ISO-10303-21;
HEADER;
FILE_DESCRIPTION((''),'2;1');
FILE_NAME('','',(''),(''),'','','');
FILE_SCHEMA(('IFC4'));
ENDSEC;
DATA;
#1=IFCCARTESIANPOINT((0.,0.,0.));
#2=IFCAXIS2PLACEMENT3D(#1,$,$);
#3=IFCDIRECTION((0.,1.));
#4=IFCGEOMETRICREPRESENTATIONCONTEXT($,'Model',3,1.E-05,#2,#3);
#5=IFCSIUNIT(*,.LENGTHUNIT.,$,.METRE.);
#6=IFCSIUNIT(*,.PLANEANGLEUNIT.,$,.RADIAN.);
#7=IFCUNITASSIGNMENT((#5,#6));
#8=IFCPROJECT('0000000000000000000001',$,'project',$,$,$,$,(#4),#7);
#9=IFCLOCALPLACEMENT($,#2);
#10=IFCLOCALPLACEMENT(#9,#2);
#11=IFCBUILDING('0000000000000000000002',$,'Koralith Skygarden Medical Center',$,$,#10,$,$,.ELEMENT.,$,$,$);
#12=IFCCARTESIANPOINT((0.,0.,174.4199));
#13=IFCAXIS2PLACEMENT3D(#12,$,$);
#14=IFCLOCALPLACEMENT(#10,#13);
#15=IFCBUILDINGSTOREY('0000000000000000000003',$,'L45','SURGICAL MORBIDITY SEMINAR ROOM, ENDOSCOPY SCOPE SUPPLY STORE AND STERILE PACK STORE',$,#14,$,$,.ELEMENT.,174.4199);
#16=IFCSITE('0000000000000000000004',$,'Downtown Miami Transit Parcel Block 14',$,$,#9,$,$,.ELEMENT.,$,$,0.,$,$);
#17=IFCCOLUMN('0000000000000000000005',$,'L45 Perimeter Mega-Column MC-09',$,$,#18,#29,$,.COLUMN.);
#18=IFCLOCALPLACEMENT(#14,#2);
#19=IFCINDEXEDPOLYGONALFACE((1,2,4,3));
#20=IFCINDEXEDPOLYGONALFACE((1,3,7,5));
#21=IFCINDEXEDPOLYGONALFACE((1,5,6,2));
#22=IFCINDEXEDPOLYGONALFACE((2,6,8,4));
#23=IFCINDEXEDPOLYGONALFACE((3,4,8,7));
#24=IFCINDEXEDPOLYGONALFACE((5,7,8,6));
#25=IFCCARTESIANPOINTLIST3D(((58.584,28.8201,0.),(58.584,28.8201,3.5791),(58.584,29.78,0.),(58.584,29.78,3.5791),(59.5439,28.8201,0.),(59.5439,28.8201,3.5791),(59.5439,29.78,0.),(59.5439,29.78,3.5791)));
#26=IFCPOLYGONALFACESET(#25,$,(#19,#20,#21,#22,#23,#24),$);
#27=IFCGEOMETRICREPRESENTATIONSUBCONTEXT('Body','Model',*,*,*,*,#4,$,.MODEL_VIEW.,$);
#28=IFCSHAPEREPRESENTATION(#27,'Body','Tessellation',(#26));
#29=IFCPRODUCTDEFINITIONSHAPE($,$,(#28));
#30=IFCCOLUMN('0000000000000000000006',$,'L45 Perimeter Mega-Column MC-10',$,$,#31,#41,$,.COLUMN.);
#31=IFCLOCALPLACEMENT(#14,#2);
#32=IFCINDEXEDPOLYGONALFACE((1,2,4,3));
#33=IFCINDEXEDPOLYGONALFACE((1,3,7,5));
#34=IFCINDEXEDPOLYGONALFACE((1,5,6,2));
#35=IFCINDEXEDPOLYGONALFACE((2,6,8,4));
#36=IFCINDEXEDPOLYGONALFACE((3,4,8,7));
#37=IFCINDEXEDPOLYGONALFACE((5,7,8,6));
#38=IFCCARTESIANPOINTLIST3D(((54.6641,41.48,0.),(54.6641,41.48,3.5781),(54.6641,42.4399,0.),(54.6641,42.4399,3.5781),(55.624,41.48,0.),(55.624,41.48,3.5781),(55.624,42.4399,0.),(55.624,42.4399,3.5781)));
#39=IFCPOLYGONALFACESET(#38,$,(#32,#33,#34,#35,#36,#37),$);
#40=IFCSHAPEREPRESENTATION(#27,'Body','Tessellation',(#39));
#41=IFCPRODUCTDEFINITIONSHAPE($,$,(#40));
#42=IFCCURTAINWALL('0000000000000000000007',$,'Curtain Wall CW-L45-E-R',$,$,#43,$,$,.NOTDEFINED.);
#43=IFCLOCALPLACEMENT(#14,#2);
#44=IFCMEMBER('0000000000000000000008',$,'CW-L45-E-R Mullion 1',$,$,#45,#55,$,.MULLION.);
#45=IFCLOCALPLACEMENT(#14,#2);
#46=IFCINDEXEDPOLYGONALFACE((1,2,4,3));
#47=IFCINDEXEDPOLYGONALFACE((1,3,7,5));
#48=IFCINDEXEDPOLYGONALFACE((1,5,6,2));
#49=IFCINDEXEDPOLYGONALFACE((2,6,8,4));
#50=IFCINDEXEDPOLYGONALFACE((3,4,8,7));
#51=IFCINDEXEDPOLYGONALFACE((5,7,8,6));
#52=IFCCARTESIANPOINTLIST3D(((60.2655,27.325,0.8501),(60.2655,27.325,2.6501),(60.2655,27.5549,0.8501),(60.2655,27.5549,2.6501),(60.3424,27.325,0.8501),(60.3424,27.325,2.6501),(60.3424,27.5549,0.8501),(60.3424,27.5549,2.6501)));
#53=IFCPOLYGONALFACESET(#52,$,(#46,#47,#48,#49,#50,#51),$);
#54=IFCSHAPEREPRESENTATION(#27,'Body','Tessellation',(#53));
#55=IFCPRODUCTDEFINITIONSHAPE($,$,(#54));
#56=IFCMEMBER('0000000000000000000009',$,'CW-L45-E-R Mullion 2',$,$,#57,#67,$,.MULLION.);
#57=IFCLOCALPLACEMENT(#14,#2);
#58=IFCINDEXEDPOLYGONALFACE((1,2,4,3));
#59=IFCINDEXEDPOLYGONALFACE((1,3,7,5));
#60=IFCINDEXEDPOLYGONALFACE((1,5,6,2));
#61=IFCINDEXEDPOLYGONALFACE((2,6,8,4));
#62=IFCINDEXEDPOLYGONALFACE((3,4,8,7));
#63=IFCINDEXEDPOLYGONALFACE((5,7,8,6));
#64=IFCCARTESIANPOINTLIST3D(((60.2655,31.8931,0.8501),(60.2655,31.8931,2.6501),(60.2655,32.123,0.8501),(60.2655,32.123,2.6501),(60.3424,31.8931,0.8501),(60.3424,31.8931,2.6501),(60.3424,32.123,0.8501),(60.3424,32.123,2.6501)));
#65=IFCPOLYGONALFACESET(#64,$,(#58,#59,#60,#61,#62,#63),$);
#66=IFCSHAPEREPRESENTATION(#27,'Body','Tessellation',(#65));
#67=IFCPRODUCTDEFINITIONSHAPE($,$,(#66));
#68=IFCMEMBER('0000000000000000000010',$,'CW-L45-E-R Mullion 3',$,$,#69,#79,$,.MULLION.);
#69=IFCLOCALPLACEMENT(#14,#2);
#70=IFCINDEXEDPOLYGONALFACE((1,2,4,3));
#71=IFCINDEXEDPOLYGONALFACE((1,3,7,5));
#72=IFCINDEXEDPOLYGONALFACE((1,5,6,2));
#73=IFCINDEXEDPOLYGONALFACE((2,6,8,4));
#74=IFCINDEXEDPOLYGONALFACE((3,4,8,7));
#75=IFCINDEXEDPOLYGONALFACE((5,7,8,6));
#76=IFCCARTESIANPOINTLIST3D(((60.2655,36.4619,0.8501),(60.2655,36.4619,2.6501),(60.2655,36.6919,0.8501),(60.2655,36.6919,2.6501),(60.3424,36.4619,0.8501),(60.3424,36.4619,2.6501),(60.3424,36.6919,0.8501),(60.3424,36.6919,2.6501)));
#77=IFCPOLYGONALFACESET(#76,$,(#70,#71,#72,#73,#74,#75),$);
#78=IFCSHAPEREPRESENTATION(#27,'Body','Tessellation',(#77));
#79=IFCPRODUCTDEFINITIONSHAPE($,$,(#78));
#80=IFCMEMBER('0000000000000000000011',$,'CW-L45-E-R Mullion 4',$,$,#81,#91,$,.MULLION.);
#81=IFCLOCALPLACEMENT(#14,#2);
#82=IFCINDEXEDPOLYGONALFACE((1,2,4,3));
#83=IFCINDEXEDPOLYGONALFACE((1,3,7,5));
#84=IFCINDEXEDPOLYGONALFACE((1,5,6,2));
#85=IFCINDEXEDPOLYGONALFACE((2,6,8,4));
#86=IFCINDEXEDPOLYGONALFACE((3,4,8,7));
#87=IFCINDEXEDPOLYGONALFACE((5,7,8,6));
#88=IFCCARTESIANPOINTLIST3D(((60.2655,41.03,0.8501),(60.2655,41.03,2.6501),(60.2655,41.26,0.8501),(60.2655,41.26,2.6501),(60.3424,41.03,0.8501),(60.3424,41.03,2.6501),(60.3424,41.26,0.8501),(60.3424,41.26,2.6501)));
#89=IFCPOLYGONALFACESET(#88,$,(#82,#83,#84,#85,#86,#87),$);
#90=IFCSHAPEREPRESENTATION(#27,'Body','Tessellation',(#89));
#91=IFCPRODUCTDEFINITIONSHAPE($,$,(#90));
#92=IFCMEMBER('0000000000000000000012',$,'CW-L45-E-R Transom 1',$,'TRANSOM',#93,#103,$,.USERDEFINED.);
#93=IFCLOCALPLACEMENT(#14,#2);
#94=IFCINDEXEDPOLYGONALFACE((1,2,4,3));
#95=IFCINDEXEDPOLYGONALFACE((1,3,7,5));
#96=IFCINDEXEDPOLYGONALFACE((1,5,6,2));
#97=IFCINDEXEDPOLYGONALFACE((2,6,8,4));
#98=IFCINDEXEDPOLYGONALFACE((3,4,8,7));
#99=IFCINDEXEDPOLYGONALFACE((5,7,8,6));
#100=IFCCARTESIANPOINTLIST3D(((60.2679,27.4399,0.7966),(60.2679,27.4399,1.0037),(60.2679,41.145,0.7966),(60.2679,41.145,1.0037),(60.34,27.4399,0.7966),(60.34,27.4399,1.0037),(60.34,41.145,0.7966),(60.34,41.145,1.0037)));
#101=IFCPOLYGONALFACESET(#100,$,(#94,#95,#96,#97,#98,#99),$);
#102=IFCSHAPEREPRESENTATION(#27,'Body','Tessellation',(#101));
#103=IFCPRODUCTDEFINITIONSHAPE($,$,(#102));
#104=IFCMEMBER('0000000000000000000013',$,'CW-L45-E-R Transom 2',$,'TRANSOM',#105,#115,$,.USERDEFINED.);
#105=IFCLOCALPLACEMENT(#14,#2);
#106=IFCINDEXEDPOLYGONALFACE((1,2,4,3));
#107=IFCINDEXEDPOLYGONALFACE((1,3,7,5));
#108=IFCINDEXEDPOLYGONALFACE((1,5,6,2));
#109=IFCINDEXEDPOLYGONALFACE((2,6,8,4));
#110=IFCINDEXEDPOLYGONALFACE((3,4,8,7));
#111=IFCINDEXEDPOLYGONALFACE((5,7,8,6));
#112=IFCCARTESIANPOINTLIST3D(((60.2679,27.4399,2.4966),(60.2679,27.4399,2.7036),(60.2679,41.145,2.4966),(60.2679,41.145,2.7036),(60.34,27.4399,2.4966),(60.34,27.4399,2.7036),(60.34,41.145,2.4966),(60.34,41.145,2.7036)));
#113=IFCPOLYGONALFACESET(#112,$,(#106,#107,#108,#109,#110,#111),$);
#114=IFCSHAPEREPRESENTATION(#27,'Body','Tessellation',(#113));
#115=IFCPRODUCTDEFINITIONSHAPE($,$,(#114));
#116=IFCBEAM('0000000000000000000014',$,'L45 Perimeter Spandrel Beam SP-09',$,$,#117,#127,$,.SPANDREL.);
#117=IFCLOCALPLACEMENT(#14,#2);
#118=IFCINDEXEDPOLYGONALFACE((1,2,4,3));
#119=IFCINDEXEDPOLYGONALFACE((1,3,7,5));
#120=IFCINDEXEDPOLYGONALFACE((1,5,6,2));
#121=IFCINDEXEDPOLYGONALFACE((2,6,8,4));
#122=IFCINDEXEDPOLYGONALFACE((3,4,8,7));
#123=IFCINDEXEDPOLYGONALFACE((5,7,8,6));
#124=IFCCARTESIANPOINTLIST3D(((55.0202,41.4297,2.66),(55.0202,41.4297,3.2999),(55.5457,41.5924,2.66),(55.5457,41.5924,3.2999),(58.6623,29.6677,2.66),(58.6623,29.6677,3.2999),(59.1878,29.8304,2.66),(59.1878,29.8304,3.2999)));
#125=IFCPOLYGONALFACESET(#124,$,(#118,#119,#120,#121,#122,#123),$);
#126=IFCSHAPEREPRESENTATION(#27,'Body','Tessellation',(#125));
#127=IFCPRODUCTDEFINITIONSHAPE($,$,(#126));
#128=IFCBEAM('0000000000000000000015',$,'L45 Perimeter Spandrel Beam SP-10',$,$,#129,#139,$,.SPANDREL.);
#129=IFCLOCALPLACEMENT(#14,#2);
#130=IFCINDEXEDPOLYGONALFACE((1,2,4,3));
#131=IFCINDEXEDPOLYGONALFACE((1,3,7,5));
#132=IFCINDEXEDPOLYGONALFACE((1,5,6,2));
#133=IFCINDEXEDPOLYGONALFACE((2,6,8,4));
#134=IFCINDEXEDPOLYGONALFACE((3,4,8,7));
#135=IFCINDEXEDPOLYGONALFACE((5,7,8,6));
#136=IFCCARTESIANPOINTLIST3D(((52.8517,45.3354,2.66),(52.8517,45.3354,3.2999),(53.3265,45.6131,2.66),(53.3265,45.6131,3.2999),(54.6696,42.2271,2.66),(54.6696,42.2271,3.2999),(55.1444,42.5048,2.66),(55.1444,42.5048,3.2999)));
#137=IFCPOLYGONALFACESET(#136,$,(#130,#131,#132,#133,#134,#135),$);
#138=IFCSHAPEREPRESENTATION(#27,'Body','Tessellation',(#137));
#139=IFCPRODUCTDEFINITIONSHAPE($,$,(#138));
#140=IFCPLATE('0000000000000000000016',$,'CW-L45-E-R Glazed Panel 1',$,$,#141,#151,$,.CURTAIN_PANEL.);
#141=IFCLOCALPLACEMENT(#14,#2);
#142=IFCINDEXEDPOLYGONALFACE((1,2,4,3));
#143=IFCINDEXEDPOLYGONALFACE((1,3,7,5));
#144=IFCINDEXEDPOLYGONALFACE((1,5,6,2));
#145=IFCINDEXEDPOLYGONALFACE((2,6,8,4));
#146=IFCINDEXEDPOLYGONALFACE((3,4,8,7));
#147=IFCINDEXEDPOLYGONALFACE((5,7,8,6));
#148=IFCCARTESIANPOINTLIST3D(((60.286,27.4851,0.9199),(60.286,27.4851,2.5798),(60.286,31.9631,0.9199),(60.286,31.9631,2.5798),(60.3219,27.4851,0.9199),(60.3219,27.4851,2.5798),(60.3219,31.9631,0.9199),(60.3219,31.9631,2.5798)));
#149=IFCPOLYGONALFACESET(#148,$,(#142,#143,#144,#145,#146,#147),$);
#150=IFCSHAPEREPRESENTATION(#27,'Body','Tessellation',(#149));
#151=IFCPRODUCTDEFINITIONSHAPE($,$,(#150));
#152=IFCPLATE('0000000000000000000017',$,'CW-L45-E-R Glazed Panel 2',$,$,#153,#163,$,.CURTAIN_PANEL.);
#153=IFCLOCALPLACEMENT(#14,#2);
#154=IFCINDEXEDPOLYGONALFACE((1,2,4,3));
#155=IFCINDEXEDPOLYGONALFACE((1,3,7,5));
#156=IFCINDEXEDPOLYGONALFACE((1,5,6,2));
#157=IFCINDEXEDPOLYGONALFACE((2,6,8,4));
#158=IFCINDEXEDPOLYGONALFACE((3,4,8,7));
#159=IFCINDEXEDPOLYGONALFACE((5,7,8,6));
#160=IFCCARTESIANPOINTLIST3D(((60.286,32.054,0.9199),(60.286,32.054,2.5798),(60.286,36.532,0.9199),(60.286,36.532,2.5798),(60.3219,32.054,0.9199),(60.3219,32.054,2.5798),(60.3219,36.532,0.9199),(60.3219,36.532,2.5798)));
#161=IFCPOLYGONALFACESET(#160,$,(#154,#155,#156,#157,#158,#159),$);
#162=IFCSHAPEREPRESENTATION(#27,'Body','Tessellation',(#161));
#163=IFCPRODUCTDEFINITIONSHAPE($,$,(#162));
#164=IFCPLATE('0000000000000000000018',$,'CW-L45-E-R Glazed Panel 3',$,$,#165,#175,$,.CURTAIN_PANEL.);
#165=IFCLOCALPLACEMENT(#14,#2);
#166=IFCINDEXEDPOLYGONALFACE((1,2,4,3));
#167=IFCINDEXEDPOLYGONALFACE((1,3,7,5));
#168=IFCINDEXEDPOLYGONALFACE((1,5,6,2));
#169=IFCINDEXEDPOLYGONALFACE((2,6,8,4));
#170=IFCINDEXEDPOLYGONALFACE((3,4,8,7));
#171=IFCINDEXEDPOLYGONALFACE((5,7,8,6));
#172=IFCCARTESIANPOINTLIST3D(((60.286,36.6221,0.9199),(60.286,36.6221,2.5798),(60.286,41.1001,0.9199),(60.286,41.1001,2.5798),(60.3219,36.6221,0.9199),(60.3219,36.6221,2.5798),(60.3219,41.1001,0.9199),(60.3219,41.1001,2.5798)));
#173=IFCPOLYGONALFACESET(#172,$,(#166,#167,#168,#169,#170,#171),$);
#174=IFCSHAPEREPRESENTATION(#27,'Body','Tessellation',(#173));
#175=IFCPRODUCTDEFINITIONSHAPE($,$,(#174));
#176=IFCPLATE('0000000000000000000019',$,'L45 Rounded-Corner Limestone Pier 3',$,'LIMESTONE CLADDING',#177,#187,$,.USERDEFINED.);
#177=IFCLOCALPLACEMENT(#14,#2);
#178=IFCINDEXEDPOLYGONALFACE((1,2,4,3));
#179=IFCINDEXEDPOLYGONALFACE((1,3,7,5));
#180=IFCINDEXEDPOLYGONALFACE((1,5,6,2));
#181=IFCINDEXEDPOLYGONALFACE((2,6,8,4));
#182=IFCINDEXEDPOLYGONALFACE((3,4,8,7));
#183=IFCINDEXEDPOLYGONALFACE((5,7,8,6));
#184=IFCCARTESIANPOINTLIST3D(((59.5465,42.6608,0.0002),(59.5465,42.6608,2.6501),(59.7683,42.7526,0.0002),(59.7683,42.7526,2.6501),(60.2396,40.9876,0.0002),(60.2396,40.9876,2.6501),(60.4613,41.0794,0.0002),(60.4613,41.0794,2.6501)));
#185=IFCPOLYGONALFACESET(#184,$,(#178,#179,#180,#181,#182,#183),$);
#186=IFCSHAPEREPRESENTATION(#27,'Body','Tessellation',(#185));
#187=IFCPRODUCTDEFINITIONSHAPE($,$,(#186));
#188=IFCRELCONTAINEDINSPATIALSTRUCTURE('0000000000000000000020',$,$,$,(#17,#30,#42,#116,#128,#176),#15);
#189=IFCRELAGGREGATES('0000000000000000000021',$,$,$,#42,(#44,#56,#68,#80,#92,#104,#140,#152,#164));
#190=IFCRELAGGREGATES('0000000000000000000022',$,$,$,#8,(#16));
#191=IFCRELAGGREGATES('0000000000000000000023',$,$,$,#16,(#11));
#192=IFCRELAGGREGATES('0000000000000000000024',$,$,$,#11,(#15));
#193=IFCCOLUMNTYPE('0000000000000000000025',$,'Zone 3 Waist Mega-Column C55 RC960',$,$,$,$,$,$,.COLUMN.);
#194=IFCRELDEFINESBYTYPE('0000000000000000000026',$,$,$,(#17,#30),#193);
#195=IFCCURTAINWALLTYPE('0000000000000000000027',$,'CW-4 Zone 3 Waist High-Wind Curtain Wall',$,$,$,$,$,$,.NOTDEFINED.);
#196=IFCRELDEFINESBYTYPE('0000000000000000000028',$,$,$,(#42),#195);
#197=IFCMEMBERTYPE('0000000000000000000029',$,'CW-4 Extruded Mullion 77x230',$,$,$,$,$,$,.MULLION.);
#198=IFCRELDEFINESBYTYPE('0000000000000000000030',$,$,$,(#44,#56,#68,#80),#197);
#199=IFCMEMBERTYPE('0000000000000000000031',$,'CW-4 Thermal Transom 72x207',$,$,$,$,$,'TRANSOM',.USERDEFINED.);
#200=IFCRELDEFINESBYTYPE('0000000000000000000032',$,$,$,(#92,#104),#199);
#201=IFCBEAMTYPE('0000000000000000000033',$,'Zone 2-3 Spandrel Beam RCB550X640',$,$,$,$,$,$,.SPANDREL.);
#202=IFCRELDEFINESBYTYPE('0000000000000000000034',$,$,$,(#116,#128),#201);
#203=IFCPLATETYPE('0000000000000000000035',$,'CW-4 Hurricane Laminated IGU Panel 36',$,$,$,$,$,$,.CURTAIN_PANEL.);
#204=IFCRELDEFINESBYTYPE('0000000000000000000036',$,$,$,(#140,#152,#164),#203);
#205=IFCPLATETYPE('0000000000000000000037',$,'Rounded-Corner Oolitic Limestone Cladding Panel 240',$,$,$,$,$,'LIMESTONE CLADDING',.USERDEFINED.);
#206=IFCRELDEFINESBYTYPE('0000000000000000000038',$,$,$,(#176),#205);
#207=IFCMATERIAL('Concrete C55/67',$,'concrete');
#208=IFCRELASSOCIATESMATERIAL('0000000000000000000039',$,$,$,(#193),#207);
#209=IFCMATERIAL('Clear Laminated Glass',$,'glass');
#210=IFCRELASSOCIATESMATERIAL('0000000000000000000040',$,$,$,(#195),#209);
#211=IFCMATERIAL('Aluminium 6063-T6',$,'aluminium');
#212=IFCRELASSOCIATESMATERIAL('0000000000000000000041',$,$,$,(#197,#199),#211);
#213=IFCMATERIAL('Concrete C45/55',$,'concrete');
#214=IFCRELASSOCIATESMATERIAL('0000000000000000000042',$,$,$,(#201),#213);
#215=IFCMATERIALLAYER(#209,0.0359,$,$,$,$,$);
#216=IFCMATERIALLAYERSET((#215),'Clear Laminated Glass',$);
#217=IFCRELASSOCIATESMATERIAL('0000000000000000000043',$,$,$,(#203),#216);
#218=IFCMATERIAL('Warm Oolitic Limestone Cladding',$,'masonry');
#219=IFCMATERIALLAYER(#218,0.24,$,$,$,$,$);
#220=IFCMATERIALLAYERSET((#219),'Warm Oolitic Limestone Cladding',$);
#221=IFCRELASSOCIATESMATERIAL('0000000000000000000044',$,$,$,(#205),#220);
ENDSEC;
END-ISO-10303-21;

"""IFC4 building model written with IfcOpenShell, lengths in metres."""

from ifc_helpers import new_model, si_unit, direction, frame, origin, origin_2d, place, context, subcontext, project, spatial, rectangle, extrude, material, layer, layer_set, material_profile, profile_set, type_object, element, aggregate, save


model = new_model("IFC4")

# Units and contexts
model_context = context("Model", 3, precision=1e-05, world=origin(), true_north=direction((0.0, 1.0)))
body_context = subcontext(model_context, "Body", "Model", "MODEL_VIEW")
ifc_project = project(units=[si_unit("LENGTHUNIT", "METRE"), si_unit("PLANEANGLEUNIT", "RADIAN")], contexts=[model_context])

# Site, building, storey
site_placement = place(None, origin())
site = spatial("IfcSite", under=ifc_project, at=site_placement, Name="Downtown Miami Transit Parcel Block 14", CompositionType="ELEMENT", RefElevation=0.0)
building_placement = place(site_placement, origin())
building = spatial("IfcBuilding", under=site, at=building_placement, Name="Koralith Skygarden Medical Center", CompositionType="ELEMENT")
storey_placement = place(building_placement, frame((0.0, 0.0, 174.4199)))
storey = spatial("IfcBuildingStorey", under=building, at=storey_placement, Name="L45", Description="SURGICAL MORBIDITY SEMINAR ROOM, ENDOSCOPY SCOPE SUPPLY STORE AND STERILE PACK STORE", CompositionType="ELEMENT", Elevation=174.4199)

# Columns
ifc_material_1 = material(Name="Concrete C55/67", Category="concrete")
ifc_material_profile_1 = material_profile(ifc_material_1, rectangle(XDim=0.96, YDim=0.96, at=origin_2d()), Name="RC960X960")
ifc_profile_set_1 = profile_set([ifc_material_profile_1], Name="Concrete C55/67")
column_type = type_object("IfcColumnType", Name="Zone 3 Waist Mega-Column C55 RC960", PredefinedType="COLUMN", material=ifc_profile_set_1)
column_1_placement = place(storey_placement, frame((59.064, 29.3, 0.0), z_axis=(0.0, 0.0, 1.0), x_axis=(1.0, 0.0, 0.0)))
element("IfcColumn", 1, at=column_1_placement, inside=storey, type_object=column_type, Name="L45 Perimeter Mega-Column MC-09", PredefinedType="COLUMN", context=body_context, shape_type="SweptSolid", body=[
    extrude(rectangle(XDim=0.96, YDim=0.96, at=origin_2d()), origin(), (0.0, 0.0, 1.0), 3.5791),
])
column_2_placement = place(storey_placement, frame((55.144, 41.96, 0.0), z_axis=(0.0, 0.0, 1.0), x_axis=(1.0, 0.0, 0.0)))
element("IfcColumn", 2, at=column_2_placement, inside=storey, type_object=column_type, Name="L45 Perimeter Mega-Column MC-10", PredefinedType="COLUMN", context=body_context, shape_type="SweptSolid", body=[
    extrude(rectangle(XDim=0.96, YDim=0.96, at=origin_2d()), origin(), (0.0, 0.0, 1.0), 3.5781),
])

# Curtain wall, members
ifc_material_2 = material(Name="Clear Laminated Glass", Category="glass")
curtain_wall_type = type_object("IfcCurtainWallType", Name="CW-4 Zone 3 Waist High-Wind Curtain Wall", PredefinedType="NOTDEFINED", material=ifc_material_2)
curtain_wall_placement = place(storey_placement, origin())
curtain_wall = element("IfcCurtainWall", 3, at=curtain_wall_placement, inside=storey, type_object=curtain_wall_type, Name="Curtain Wall CW-L45-E-R", PredefinedType="NOTDEFINED")
ifc_material_3 = material(Name="Aluminium 6063-T6", Category="aluminium")
ifc_material_profile_2 = material_profile(ifc_material_3, rectangle(XDim=0.0769, YDim=0.23, at=origin_2d()), Name="MUL77X230")
ifc_profile_set_2 = profile_set([ifc_material_profile_2], Name="Aluminium 6063-T6")
member_type_1 = type_object("IfcMemberType", Name="CW-4 Extruded Mullion 77x230", PredefinedType="MULLION", material=ifc_profile_set_2)
member_1_placement = place(storey_placement, frame((60.304, 27.4399, 0.8501), z_axis=(0.0, 0.0, 1.0), x_axis=(1.0, 0.0, 0.0)))
member_1 = element("IfcMember", 4, at=member_1_placement, type_object=member_type_1, Name="CW-L45-E-R Mullion 1", PredefinedType="MULLION", context=body_context, shape_type="SweptSolid", body=[
    extrude(rectangle(XDim=0.0769, YDim=0.23, at=origin_2d()), origin(), (0.0, 0.0, 1.0), 1.8),
])
member_2_placement = place(storey_placement, frame((60.304, 32.0081, 0.8501), z_axis=(0.0, 0.0, 1.0), x_axis=(1.0, 0.0, 0.0)))
member_2 = element("IfcMember", 5, at=member_2_placement, type_object=member_type_1, Name="CW-L45-E-R Mullion 2", PredefinedType="MULLION", context=body_context, shape_type="SweptSolid", body=[
    extrude(rectangle(XDim=0.0769, YDim=0.23, at=origin_2d()), origin(), (0.0, 0.0, 1.0), 1.8),
])
member_3_placement = place(storey_placement, frame((60.304, 36.5769, 0.8501), z_axis=(0.0, 0.0, 1.0), x_axis=(1.0, 0.0, 0.0)))
member_3 = element("IfcMember", 6, at=member_3_placement, type_object=member_type_1, Name="CW-L45-E-R Mullion 3", PredefinedType="MULLION", context=body_context, shape_type="SweptSolid", body=[
    extrude(rectangle(XDim=0.0769, YDim=0.23, at=origin_2d()), origin(), (0.0, 0.0, 1.0), 1.8),
])
member_4_placement = place(storey_placement, frame((60.304, 41.145, 0.8501), z_axis=(0.0, 0.0, 1.0), x_axis=(1.0, 0.0, 0.0)))
member_4 = element("IfcMember", 7, at=member_4_placement, type_object=member_type_1, Name="CW-L45-E-R Mullion 4", PredefinedType="MULLION", context=body_context, shape_type="SweptSolid", body=[
    extrude(rectangle(XDim=0.0769, YDim=0.23, at=origin_2d()), origin(), (0.0, 0.0, 1.0), 1.8),
])
ifc_material_profile_3 = material_profile(ifc_material_3, rectangle(XDim=0.072, YDim=0.207, at=origin_2d()), Name="TRN72X207")
ifc_profile_set_3 = profile_set([ifc_material_profile_3], Name="Aluminium 6063-T6")
member_type_2 = type_object("IfcMemberType", Name="CW-4 Thermal Transom 72x207", ElementType="TRANSOM", PredefinedType="USERDEFINED", material=ifc_profile_set_3)
member_5_placement = place(storey_placement, frame((60.304, 27.4399, 0.9001), z_axis=(0.0, 1.0, 0.0), x_axis=(-1.0, 0.0, 0.0)))
member_5 = element("IfcMember", 8, at=member_5_placement, type_object=member_type_2, Name="CW-L45-E-R Transom 1", ObjectType="TRANSOM", PredefinedType="USERDEFINED", context=body_context, shape_type="SweptSolid", body=[
    extrude(rectangle(XDim=0.072, YDim=0.207, at=origin_2d()), origin(), (0.0, 0.0, 1.0), 13.7051),
])
member_6_placement = place(storey_placement, frame((60.304, 27.4399, 2.6001), z_axis=(0.0, 1.0, 0.0), x_axis=(-1.0, 0.0, 0.0)))
member_6 = element("IfcMember", 9, at=member_6_placement, type_object=member_type_2, Name="CW-L45-E-R Transom 2", ObjectType="TRANSOM", PredefinedType="USERDEFINED", context=body_context, shape_type="SweptSolid", body=[
    extrude(rectangle(XDim=0.072, YDim=0.207, at=origin_2d()), origin(), (0.0, 0.0, 1.0), 13.7051),
])

# Beams
ifc_material_4 = material(Name="Concrete C45/55", Category="concrete")
ifc_material_profile_4 = material_profile(ifc_material_4, rectangle(XDim=0.55, YDim=0.6399, at=origin_2d()), Name="RCB550X640")
ifc_profile_set_4 = profile_set([ifc_material_profile_4], Name="Concrete C45/55")
beam_type = type_object("IfcBeamType", Name="Zone 2-3 Spandrel Beam RCB550X640", PredefinedType="SPANDREL", material=ifc_profile_set_4)
beam_1_placement = place(storey_placement, frame((58.925, 29.749, 2.98), z_axis=(-0.295794, 0.955252, 0.0), x_axis=(-0.955252, -0.295794, 0.0)))
element("IfcBeam", 10, at=beam_1_placement, inside=storey, type_object=beam_type, Name="L45 Perimeter Spandrel Beam SP-09", PredefinedType="SPANDREL", context=body_context, shape_type="SweptSolid", body=[
    extrude(rectangle(XDim=0.55, YDim=0.6399, at=origin_2d()), origin(), (0.0, 0.0, 1.0), 12.313),
])
beam_2_placement = place(storey_placement, frame((54.907, 42.366, 2.98), z_axis=(-0.504861, 0.8632, 0.0), x_axis=(-0.8632, -0.504861, 0.0)))
element("IfcBeam", 11, at=beam_2_placement, inside=storey, type_object=beam_type, Name="L45 Perimeter Spandrel Beam SP-10", PredefinedType="SPANDREL", context=body_context, shape_type="SweptSolid", body=[
    extrude(rectangle(XDim=0.55, YDim=0.6399, at=origin_2d()), origin(), (0.0, 0.0, 1.0), 3.6008),
])

# Plates
ifc_layer_1 = layer(ifc_material_2, 0.0359)
ifc_layer_set_1 = layer_set([ifc_layer_1], Name="Clear Laminated Glass")
plate_type_1 = type_object("IfcPlateType", Name="CW-4 Hurricane Laminated IGU Panel 36", PredefinedType="CURTAIN_PANEL", material=ifc_layer_set_1)
plate_1_placement = place(storey_placement, frame((60.304, 29.7241, 0.9199), z_axis=(0.0, 0.0, 1.0), x_axis=(0.0, 1.0, 0.0)))
plate_1 = element("IfcPlate", 12, at=plate_1_placement, type_object=plate_type_1, Name="CW-L45-E-R Glazed Panel 1", PredefinedType="CURTAIN_PANEL", context=body_context, shape_type="SweptSolid", body=[
    extrude(rectangle(XDim=4.478, YDim=0.0359, at=origin_2d()), origin(), (0.0, 0.0, 1.0), 1.6599),
])
plate_2_placement = place(storey_placement, frame((60.304, 34.293, 0.9199), z_axis=(0.0, 0.0, 1.0), x_axis=(0.0, 1.0, 0.0)))
plate_2 = element("IfcPlate", 13, at=plate_2_placement, type_object=plate_type_1, Name="CW-L45-E-R Glazed Panel 2", PredefinedType="CURTAIN_PANEL", context=body_context, shape_type="SweptSolid", body=[
    extrude(rectangle(XDim=4.478, YDim=0.0359, at=origin_2d()), origin(), (0.0, 0.0, 1.0), 1.6599),
])
plate_3_placement = place(storey_placement, frame((60.304, 38.8611, 0.9199), z_axis=(0.0, 0.0, 1.0), x_axis=(0.0, 1.0, 0.0)))
plate_3 = element("IfcPlate", 14, at=plate_3_placement, type_object=plate_type_1, Name="CW-L45-E-R Glazed Panel 3", PredefinedType="CURTAIN_PANEL", context=body_context, shape_type="SweptSolid", body=[
    extrude(rectangle(XDim=4.478, YDim=0.0359, at=origin_2d()), origin(), (0.0, 0.0, 1.0), 1.6599),
])
aggregate(curtain_wall, [member_1, member_2, member_3, member_4, member_5, member_6, plate_1, plate_2, plate_3])
ifc_material_5 = material(Name="Warm Oolitic Limestone Cladding", Category="masonry")
ifc_layer_2 = layer(ifc_material_5, 0.24)
ifc_layer_set_2 = layer_set([ifc_layer_2], Name="Warm Oolitic Limestone Cladding")
plate_type_2 = type_object("IfcPlateType", Name="Rounded-Corner Oolitic Limestone Cladding Panel 240", ElementType="LIMESTONE CLADDING", PredefinedType="USERDEFINED", material=ifc_layer_set_2)
plate_4_placement = place(storey_placement, frame((60.0039, 41.8701, 0.0002), z_axis=(0.0, 0.0, 1.0), x_axis=(-0.382671, 0.923885, 0.0)))
element("IfcPlate", 15, at=plate_4_placement, inside=storey, type_object=plate_type_2, Name="L45 Rounded-Corner Limestone Pier 3", ObjectType="LIMESTONE CLADDING", PredefinedType="USERDEFINED", context=body_context, shape_type="SweptSolid", body=[
    extrude(rectangle(XDim=1.811, YDim=0.24, at=origin_2d()), origin(), (0.0, 0.0, 1.0), 2.6499),
])

save(model, "model.ifc")
